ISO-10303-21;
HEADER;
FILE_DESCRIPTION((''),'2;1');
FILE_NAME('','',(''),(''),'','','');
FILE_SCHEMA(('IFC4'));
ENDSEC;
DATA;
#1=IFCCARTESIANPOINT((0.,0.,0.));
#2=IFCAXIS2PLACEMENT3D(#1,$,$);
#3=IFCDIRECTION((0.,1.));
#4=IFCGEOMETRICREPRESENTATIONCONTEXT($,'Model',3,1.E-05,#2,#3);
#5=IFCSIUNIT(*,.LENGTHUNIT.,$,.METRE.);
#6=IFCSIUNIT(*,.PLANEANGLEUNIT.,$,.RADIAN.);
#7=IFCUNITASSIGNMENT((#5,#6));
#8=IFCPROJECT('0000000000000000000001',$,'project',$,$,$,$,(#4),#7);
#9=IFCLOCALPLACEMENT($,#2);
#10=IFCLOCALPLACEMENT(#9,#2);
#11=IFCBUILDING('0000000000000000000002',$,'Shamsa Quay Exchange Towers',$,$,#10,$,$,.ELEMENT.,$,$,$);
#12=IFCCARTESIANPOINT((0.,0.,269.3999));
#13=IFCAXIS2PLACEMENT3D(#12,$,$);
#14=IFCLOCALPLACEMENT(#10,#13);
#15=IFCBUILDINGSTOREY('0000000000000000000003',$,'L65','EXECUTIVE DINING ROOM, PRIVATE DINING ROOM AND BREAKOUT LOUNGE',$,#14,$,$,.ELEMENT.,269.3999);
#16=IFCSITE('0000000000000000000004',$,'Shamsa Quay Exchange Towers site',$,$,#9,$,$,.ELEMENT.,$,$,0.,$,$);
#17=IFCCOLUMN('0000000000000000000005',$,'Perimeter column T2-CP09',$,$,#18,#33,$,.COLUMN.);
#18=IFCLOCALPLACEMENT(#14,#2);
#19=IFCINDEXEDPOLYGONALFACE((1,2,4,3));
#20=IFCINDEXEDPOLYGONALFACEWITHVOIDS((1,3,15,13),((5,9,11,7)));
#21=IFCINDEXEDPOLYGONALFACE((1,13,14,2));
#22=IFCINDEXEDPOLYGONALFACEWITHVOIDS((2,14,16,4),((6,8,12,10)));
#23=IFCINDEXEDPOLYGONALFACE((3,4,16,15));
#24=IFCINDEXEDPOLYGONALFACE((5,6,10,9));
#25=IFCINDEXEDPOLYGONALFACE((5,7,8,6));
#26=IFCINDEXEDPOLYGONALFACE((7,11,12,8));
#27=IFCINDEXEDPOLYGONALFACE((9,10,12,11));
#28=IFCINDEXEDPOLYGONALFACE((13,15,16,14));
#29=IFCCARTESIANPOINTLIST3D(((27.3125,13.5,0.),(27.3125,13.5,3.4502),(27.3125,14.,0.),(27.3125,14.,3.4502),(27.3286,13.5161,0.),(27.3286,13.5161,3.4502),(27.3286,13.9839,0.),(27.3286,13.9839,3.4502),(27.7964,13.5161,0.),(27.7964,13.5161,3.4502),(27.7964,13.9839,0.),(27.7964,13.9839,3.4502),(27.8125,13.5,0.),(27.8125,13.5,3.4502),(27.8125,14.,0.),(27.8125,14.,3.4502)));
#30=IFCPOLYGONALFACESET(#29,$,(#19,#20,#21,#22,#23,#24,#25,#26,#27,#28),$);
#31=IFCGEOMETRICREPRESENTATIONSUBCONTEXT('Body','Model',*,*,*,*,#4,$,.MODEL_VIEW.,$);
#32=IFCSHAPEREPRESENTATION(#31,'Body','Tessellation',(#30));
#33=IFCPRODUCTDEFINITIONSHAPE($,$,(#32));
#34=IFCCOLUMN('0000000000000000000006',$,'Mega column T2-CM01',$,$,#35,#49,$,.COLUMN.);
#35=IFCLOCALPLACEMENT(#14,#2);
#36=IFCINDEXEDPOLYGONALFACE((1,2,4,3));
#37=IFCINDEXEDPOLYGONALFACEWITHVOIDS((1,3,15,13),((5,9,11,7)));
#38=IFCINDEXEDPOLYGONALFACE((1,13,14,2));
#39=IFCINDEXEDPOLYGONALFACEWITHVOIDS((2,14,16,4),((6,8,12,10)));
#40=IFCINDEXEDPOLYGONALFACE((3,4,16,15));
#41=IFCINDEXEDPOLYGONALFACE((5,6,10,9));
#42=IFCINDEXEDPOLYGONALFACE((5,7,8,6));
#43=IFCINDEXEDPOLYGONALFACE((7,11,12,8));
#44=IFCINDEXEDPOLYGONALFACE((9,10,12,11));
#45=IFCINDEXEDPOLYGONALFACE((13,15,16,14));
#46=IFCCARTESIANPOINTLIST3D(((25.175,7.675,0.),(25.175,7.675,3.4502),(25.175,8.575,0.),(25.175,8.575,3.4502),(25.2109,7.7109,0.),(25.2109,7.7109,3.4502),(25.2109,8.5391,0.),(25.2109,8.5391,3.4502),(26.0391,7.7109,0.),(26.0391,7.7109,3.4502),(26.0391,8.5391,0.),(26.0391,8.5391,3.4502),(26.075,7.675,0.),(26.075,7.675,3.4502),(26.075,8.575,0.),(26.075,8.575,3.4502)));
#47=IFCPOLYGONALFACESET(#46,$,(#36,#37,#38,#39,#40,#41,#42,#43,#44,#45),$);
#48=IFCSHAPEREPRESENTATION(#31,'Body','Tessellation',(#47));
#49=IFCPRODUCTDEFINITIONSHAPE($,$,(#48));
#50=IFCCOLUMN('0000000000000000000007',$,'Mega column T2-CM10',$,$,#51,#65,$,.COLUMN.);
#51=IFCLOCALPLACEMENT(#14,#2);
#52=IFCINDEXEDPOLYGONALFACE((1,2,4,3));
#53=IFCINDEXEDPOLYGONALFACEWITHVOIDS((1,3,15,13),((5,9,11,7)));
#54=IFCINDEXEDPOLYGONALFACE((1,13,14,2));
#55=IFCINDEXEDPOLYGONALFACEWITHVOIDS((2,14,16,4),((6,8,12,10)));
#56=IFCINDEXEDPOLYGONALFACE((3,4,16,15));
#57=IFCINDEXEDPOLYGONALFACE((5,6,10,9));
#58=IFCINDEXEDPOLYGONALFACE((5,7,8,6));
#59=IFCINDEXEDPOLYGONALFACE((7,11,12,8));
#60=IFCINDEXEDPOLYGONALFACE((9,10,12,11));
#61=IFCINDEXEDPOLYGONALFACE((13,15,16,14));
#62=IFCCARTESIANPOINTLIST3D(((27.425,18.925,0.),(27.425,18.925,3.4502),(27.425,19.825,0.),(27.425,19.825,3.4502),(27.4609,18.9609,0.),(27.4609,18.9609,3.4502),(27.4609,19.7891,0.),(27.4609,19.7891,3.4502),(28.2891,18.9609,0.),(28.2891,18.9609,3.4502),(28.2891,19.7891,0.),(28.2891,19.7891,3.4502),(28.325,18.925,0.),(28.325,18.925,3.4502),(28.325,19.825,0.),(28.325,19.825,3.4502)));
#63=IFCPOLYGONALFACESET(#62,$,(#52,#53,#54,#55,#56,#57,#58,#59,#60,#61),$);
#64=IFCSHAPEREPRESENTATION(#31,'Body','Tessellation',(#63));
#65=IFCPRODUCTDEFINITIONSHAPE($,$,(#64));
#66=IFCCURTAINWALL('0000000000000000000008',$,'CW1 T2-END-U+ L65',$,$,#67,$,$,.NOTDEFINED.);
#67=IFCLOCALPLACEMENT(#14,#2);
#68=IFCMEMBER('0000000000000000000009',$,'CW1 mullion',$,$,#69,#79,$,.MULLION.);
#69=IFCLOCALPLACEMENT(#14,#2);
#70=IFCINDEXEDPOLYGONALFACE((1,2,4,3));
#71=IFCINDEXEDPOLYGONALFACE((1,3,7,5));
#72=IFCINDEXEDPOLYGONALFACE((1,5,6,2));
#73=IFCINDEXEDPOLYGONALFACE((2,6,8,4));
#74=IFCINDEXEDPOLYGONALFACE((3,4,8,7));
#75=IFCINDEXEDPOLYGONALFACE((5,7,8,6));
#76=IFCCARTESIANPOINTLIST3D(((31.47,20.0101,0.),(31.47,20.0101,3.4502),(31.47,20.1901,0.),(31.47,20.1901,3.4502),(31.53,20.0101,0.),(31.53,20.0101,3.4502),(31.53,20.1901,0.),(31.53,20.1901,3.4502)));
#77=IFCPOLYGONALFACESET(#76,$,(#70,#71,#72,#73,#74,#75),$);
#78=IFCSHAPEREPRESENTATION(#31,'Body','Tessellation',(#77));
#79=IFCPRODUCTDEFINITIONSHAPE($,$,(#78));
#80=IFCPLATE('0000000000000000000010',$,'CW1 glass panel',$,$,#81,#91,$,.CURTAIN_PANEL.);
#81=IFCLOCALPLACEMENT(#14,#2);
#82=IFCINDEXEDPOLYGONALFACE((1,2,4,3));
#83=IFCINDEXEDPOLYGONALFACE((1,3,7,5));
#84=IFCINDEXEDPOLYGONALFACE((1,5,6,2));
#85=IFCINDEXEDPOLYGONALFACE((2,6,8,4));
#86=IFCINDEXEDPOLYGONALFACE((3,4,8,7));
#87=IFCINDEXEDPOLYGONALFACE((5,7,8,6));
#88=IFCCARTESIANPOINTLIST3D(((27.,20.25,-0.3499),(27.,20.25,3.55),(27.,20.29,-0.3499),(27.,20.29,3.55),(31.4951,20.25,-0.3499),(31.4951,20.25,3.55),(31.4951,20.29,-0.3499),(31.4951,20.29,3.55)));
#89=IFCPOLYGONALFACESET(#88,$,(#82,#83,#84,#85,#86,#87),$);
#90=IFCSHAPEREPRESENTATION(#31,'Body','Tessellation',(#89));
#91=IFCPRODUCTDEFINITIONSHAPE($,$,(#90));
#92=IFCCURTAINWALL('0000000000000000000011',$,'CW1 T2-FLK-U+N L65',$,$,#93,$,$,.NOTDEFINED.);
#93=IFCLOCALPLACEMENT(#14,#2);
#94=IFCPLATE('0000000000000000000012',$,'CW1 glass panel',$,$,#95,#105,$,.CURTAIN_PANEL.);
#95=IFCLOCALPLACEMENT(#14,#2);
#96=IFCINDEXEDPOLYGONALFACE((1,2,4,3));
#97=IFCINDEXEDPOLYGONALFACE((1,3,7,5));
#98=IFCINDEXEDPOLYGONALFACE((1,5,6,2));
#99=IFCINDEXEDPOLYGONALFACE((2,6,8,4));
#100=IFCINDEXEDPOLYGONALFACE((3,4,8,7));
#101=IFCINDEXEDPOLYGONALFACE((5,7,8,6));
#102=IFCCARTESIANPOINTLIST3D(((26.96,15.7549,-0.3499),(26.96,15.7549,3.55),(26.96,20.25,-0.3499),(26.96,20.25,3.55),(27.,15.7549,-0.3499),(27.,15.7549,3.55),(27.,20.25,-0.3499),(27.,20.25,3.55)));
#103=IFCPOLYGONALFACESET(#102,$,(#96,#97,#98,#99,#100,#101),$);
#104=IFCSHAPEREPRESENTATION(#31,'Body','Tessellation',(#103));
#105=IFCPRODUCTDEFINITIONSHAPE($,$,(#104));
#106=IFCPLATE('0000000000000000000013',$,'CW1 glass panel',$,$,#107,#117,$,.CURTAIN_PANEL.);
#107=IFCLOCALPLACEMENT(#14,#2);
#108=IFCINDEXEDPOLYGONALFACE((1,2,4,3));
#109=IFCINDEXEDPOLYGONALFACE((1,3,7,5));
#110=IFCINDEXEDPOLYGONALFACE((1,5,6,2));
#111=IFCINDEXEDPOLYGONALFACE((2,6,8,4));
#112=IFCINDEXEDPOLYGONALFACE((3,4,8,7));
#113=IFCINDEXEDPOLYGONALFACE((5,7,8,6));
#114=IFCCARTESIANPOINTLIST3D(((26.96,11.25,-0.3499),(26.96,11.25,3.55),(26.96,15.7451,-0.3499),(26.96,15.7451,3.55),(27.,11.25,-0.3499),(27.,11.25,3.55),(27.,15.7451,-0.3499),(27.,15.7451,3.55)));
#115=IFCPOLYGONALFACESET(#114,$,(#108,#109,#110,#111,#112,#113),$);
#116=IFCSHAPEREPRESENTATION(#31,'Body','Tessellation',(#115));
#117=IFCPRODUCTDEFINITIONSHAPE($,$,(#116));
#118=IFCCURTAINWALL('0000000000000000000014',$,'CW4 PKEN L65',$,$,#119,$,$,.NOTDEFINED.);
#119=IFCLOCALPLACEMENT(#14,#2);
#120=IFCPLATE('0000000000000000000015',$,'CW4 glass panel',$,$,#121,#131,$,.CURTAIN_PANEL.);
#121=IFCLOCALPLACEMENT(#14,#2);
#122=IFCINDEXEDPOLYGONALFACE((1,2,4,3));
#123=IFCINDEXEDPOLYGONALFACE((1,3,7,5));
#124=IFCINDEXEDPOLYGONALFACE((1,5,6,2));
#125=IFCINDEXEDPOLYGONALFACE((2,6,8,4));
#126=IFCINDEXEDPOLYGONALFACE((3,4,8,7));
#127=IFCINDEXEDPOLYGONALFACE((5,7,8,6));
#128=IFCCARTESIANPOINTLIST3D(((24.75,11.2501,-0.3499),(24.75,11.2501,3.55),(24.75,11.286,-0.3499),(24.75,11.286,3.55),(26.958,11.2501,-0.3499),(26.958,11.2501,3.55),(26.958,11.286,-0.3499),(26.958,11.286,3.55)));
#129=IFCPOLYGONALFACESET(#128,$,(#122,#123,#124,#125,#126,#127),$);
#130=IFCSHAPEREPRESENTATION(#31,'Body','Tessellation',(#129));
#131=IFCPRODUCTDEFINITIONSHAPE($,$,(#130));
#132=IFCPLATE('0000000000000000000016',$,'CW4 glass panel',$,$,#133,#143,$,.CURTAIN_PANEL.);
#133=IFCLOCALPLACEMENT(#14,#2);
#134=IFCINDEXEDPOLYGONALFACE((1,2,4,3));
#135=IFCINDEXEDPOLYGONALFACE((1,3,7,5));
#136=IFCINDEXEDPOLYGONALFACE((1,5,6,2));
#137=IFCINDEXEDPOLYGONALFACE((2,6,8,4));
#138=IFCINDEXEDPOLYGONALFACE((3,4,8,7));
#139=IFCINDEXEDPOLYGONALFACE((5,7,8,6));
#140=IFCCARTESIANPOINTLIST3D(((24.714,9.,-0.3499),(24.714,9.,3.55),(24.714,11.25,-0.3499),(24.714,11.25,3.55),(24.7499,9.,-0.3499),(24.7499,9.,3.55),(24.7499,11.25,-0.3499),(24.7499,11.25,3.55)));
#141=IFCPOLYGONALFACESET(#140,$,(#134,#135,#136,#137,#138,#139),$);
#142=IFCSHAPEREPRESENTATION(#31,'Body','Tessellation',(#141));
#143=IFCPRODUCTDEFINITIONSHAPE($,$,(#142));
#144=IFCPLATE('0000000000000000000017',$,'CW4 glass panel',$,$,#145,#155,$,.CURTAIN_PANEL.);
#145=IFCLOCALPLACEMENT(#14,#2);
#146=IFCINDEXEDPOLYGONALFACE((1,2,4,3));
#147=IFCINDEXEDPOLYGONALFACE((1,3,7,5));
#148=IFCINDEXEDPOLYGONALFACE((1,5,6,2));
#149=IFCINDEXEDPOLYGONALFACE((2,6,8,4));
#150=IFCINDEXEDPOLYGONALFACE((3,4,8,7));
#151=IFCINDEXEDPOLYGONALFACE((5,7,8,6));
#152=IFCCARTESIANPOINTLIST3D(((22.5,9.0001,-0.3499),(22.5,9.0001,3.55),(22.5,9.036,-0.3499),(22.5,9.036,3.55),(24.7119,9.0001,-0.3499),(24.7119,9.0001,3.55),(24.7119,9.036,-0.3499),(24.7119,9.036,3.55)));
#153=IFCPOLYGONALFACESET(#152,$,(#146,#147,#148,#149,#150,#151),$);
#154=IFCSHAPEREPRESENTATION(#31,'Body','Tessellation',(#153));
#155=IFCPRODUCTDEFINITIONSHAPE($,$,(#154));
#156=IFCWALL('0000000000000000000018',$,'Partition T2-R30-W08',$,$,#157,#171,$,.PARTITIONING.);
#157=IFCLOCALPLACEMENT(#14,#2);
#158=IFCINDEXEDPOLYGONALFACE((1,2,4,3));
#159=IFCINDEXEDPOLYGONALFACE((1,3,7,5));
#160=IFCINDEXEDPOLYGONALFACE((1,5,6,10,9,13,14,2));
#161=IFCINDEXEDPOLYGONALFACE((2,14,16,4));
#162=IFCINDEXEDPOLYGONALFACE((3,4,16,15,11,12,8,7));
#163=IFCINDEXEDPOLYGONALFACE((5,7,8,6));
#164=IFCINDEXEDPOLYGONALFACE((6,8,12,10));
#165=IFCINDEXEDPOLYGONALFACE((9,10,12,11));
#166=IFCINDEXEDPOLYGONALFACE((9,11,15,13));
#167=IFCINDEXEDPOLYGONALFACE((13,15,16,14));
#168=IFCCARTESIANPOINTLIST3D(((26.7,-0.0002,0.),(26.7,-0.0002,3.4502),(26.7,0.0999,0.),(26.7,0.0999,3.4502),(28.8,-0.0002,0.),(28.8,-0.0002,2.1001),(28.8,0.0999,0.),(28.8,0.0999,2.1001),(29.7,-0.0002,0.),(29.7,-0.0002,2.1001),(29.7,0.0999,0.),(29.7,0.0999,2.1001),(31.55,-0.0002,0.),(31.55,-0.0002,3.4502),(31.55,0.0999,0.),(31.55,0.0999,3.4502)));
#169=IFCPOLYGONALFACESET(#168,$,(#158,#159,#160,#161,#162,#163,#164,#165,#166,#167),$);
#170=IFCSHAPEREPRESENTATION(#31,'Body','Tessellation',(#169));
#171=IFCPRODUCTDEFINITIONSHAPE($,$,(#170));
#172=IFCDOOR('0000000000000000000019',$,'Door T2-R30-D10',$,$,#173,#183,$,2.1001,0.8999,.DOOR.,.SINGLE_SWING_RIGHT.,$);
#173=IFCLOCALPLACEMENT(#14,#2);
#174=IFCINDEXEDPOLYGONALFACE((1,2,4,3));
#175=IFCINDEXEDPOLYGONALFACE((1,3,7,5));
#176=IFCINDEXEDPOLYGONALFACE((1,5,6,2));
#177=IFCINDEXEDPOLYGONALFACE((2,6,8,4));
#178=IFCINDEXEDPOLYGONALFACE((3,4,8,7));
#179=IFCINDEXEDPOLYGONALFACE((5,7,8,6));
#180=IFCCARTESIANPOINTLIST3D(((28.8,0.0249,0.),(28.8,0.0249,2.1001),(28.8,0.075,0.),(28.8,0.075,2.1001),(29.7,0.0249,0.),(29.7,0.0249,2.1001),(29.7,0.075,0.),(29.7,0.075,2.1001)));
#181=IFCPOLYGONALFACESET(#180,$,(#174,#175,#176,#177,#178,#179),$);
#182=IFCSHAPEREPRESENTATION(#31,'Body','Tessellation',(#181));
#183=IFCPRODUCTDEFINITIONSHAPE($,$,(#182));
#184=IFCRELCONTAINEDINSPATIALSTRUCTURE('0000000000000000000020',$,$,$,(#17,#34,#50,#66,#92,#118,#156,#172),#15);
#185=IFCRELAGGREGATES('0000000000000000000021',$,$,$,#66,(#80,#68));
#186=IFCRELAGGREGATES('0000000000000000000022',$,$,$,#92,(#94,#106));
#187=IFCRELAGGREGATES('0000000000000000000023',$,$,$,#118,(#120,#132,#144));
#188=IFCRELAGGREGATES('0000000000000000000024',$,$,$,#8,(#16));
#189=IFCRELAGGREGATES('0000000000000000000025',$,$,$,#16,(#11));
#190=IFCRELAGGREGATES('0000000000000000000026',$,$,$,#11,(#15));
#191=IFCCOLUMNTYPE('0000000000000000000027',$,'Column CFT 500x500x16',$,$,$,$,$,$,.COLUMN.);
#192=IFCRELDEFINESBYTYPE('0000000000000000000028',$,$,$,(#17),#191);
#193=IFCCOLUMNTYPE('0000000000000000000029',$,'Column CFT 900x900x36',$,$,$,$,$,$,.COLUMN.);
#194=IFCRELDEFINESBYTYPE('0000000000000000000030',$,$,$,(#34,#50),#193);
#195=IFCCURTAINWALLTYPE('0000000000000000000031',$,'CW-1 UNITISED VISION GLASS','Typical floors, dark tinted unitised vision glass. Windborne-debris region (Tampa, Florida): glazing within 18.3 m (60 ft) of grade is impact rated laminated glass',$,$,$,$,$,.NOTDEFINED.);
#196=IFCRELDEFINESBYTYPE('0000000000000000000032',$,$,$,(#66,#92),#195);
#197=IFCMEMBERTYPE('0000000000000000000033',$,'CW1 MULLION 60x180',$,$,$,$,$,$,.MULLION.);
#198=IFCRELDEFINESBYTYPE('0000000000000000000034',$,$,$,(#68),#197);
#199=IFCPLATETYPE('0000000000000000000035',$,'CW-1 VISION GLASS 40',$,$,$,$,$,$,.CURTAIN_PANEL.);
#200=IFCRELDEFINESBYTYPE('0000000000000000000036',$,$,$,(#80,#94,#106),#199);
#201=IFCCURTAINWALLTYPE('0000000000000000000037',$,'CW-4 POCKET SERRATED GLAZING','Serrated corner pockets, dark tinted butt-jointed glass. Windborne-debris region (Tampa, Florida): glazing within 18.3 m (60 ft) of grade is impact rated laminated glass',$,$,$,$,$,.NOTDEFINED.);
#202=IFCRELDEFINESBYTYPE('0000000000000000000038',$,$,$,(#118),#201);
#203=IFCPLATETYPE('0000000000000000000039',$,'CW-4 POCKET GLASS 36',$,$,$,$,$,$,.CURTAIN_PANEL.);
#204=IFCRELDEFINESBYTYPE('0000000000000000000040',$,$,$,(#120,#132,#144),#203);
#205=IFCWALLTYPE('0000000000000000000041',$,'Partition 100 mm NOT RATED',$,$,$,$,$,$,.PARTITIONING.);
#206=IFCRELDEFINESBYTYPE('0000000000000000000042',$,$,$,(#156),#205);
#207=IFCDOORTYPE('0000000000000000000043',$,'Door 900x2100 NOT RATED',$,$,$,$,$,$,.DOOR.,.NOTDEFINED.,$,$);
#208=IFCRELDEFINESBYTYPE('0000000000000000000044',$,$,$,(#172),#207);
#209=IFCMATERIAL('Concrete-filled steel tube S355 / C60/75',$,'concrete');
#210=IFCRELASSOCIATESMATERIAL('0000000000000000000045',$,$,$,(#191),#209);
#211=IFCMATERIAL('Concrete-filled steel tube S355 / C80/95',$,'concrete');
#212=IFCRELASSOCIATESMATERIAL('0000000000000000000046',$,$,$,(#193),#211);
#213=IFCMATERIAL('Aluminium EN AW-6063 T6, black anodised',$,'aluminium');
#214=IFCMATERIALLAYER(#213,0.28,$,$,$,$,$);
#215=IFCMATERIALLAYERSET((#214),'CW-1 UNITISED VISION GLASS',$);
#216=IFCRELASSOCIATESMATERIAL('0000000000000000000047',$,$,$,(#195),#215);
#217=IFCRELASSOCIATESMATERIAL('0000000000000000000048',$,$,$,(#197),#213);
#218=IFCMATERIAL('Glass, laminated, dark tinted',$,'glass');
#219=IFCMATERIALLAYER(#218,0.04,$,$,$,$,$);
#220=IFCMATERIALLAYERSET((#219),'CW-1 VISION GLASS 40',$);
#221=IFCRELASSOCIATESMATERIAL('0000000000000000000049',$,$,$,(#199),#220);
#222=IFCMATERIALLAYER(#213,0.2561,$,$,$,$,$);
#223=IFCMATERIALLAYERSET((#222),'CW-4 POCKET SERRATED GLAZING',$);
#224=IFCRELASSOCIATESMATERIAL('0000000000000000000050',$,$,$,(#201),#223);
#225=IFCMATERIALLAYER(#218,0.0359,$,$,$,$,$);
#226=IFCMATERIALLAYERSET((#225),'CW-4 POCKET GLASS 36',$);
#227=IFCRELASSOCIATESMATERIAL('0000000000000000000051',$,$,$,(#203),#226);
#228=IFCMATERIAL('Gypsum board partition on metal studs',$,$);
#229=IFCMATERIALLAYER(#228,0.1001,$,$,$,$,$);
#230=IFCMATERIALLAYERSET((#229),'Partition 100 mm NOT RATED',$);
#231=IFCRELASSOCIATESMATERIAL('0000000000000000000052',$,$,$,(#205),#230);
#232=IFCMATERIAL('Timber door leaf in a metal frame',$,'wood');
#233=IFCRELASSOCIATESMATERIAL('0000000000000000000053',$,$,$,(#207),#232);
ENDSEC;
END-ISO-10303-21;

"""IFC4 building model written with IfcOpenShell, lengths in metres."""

from ifc_helpers import new_model, si_unit, direction, frame, frame_2d, origin, origin_2d, place, context, subcontext, project, spatial, rectangle, hollow_rectangle, extrude, material, layer, layer_set, material_profile, profile_set, type_object, element, fill, aggregate, save


model = new_model("IFC4")

# Units and contexts
model_context = context("Model", 3, precision=1e-05, world=origin(), true_north=direction((0.0, 1.0)))
body_context = subcontext(model_context, "Body", "Model", "MODEL_VIEW")
ifc_project = project(units=[si_unit("LENGTHUNIT", "METRE"), si_unit("PLANEANGLEUNIT", "RADIAN")], contexts=[model_context])

# Site, building, storey
site_placement = place(None, origin())
site = spatial("IfcSite", under=ifc_project, at=site_placement, Name="Shamsa Quay Exchange Towers site", CompositionType="ELEMENT", RefElevation=0.0)
building_placement = place(site_placement, origin())
building = spatial("IfcBuilding", under=site, at=building_placement, Name="Shamsa Quay Exchange Towers", CompositionType="ELEMENT")
storey_placement = place(building_placement, frame((0.0, 0.0, 269.3999)))
storey = spatial("IfcBuildingStorey", under=building, at=storey_placement, Name="L65", Description="EXECUTIVE DINING ROOM, PRIVATE DINING ROOM AND BREAKOUT LOUNGE", CompositionType="ELEMENT", Elevation=269.3999)

# Columns
ifc_material_1 = material(Name="Concrete-filled steel tube S355 / C60/75", Category="concrete")
ifc_material_profile_1 = material_profile(ifc_material_1, hollow_rectangle(XDim=0.5, YDim=0.5, WallThickness=0.0161, at=origin_2d()), Name="CFT 500x500x16")
ifc_profile_set_1 = profile_set([ifc_material_profile_1], Name="Concrete-filled steel tube S355 / C60/75")
column_type_1 = type_object("IfcColumnType", Name="Column CFT 500x500x16", PredefinedType="COLUMN", material=ifc_profile_set_1)
column_placement = place(storey_placement, frame((27.5625, 13.75, 0.0)))
element("IfcColumn", 1, at=column_placement, inside=storey, type_object=column_type_1, Name="Perimeter column T2-CP09", PredefinedType="COLUMN", context=body_context, shape_type="SweptSolid", body=[
    extrude(hollow_rectangle(XDim=0.5, YDim=0.5, WallThickness=0.0161, at=origin_2d()), origin(), (0.0, 0.0, 1.0), 3.4502),
])
ifc_material_2 = material(Name="Concrete-filled steel tube S355 / C80/95", Category="concrete")
ifc_material_profile_2 = material_profile(ifc_material_2, hollow_rectangle(XDim=0.8999, YDim=0.8999, WallThickness=0.0359, at=origin_2d()), Name="CFT 900x900x36")
ifc_profile_set_2 = profile_set([ifc_material_profile_2], Name="Concrete-filled steel tube S355 / C80/95")
column_type_2 = type_object("IfcColumnType", Name="Column CFT 900x900x36", PredefinedType="COLUMN", material=ifc_profile_set_2)
for number, where, name in (
    (2, (25.625, 8.125, 0.0), "Mega column T2-CM01"),
    (3, (27.875, 19.375, 0.0), "Mega column T2-CM10"),
):
    element("IfcColumn", number, at=place(storey_placement, frame(where)), inside=storey, type_object=column_type_2, Name=name, PredefinedType="COLUMN", context=body_context, shape_type="SweptSolid", body=[
        extrude(hollow_rectangle(XDim=0.8999, YDim=0.8999, WallThickness=0.0359, at=origin_2d()), origin(), (0.0, 0.0, 1.0), 3.4502),
    ])

# Curtain wall, member, plate
ifc_material_3 = material(Name="Aluminium EN AW-6063 T6, black anodised", Category="aluminium")
ifc_layer_1 = layer(ifc_material_3, 0.28)
ifc_layer_set_1 = layer_set([ifc_layer_1], Name="CW-1 UNITISED VISION GLASS")
curtain_wall_type_1 = type_object("IfcCurtainWallType", Name="CW-1 UNITISED VISION GLASS", Description="Typical floors, dark tinted unitised vision glass. Windborne-debris region (Tampa, Florida): glazing within 18.3 m (60 ft) of grade is impact rated laminated glass", PredefinedType="NOTDEFINED", material=ifc_layer_set_1)
curtain_wall_1_placement = place(storey_placement, origin())
curtain_wall_1 = element("IfcCurtainWall", 4, at=curtain_wall_1_placement, inside=storey, type_object=curtain_wall_type_1, Name="CW1 T2-END-U+ L65", PredefinedType="NOTDEFINED")
ifc_material_profile_3 = material_profile(ifc_material_3, rectangle(XDim=0.1799, YDim=0.0601, at=origin_2d()), Name="MU60x180")
ifc_profile_set_3 = profile_set([ifc_material_profile_3], Name="Aluminium EN AW-6063 T6, black anodised")
member_type = type_object("IfcMemberType", Name="CW1 MULLION 60x180", PredefinedType="MULLION", material=ifc_profile_set_3)
member_placement = place(storey_placement, frame((31.5, 20.1001, 0.0), z_axis=(0.0, 0.0, 1.0), x_axis=(0.0, -1.0, 0.0)))
member = element("IfcMember", 5, at=member_placement, type_object=member_type, Name="CW1 mullion", PredefinedType="MULLION", context=body_context, shape_type="SweptSolid", body=[
    extrude(rectangle(XDim=0.1799, YDim=0.0601, at=origin_2d()), origin(), (0.0, 0.0, 1.0), 3.4502),
])
ifc_material_4 = material(Name="Glass, laminated, dark tinted", Category="glass")
ifc_layer_2 = layer(ifc_material_4, 0.04)
ifc_layer_set_2 = layer_set([ifc_layer_2], Name="CW-1 VISION GLASS 40")
plate_type_1 = type_object("IfcPlateType", Name="CW-1 VISION GLASS 40", PredefinedType="CURTAIN_PANEL", material=ifc_layer_set_2)
plate_1_placement = place(storey_placement, frame((29.2476, 20.27, -0.3499), z_axis=(0.0, 0.0, 1.0), x_axis=(-1.0, 0.0, 0.0)))
plate_1 = element("IfcPlate", 6, at=plate_1_placement, type_object=plate_type_1, Name="CW1 glass panel", PredefinedType="CURTAIN_PANEL", context=body_context, shape_type="SweptSolid", body=[
    extrude(rectangle(XDim=4.4951, YDim=0.04, at=origin_2d()), origin(), (0.0, 0.0, 1.0), 3.8999),
])
aggregate(curtain_wall_1, [plate_1, member])

# Curtain walls, plates
curtain_wall_2_placement = place(storey_placement, origin())
curtain_wall_2 = element("IfcCurtainWall", 7, at=curtain_wall_2_placement, inside=storey, type_object=curtain_wall_type_1, Name="CW1 T2-FLK-U+N L65", PredefinedType="NOTDEFINED")
plate_2_placement = place(storey_placement, frame((26.98, 18.0024, -0.3499), z_axis=(0.0, 0.0, 1.0), x_axis=(0.0, -1.0, 0.0)))
plate_2 = element("IfcPlate", 8, at=plate_2_placement, type_object=plate_type_1, Name="CW1 glass panel", PredefinedType="CURTAIN_PANEL", context=body_context, shape_type="SweptSolid", body=[
    extrude(rectangle(XDim=4.4951, YDim=0.04, at=origin_2d()), origin(), (0.0, 0.0, 1.0), 3.8999),
])
plate_3_placement = place(storey_placement, frame((26.98, 13.4976, -0.3499), z_axis=(0.0, 0.0, 1.0), x_axis=(0.0, -1.0, 0.0)))
plate_3 = element("IfcPlate", 9, at=plate_3_placement, type_object=plate_type_1, Name="CW1 glass panel", PredefinedType="CURTAIN_PANEL", context=body_context, shape_type="SweptSolid", body=[
    extrude(rectangle(XDim=4.4951, YDim=0.04, at=origin_2d()), origin(), (0.0, 0.0, 1.0), 3.8999),
])
aggregate(curtain_wall_2, [plate_2, plate_3])
ifc_layer_3 = layer(ifc_material_3, 0.2561)
ifc_layer_set_3 = layer_set([ifc_layer_3], Name="CW-4 POCKET SERRATED GLAZING")
curtain_wall_type_2 = type_object("IfcCurtainWallType", Name="CW-4 POCKET SERRATED GLAZING", Description="Serrated corner pockets, dark tinted butt-jointed glass. Windborne-debris region (Tampa, Florida): glazing within 18.3 m (60 ft) of grade is impact rated laminated glass", PredefinedType="NOTDEFINED", material=ifc_layer_set_3)
curtain_wall_3_placement = place(storey_placement, origin())
curtain_wall_3 = element("IfcCurtainWall", 10, at=curtain_wall_3_placement, inside=storey, type_object=curtain_wall_type_2, Name="CW4 PKEN L65", PredefinedType="NOTDEFINED")
ifc_layer_4 = layer(ifc_material_4, 0.0359)
ifc_layer_set_4 = layer_set([ifc_layer_4], Name="CW-4 POCKET GLASS 36")
plate_type_2 = type_object("IfcPlateType", Name="CW-4 POCKET GLASS 36", PredefinedType="CURTAIN_PANEL", material=ifc_layer_set_4)
plate_4_placement = place(storey_placement, frame((25.854, 11.2681, -0.3499), z_axis=(0.0, 0.0, 1.0), x_axis=(-1.0, 0.0, 0.0)))
plate_4 = element("IfcPlate", 11, at=plate_4_placement, type_object=plate_type_2, Name="CW4 glass panel", PredefinedType="CURTAIN_PANEL", context=body_context, shape_type="SweptSolid", body=[
    extrude(rectangle(XDim=2.208, YDim=0.0359, at=origin_2d()), origin(), (0.0, 0.0, 1.0), 3.8999),
])
plate_5_placement = place(storey_placement, frame((24.7319, 10.125, -0.3499), z_axis=(0.0, 0.0, 1.0), x_axis=(0.0, -1.0, 0.0)))
plate_5 = element("IfcPlate", 12, at=plate_5_placement, type_object=plate_type_2, Name="CW4 glass panel", PredefinedType="CURTAIN_PANEL", context=body_context, shape_type="SweptSolid", body=[
    extrude(rectangle(XDim=2.25, YDim=0.0359, at=origin_2d()), origin(), (0.0, 0.0, 1.0), 3.8999),
])
plate_6_placement = place(storey_placement, frame((23.606, 9.0181, -0.3499), z_axis=(0.0, 0.0, 1.0), x_axis=(-1.0, 0.0, 0.0)))
plate_6 = element("IfcPlate", 13, at=plate_6_placement, type_object=plate_type_2, Name="CW4 glass panel", PredefinedType="CURTAIN_PANEL", context=body_context, shape_type="SweptSolid", body=[
    extrude(rectangle(XDim=2.2119, YDim=0.0359, at=origin_2d()), origin(), (0.0, 0.0, 1.0), 3.8999),
])
aggregate(curtain_wall_3, [plate_4, plate_5, plate_6])

# Wall, opening, door
ifc_material_5 = material(Name="Gypsum board partition on metal studs")
ifc_layer_5 = layer(ifc_material_5, 0.1001)
ifc_layer_set_5 = layer_set([ifc_layer_5], Name="Partition 100 mm NOT RATED")
wall_type_1 = type_object("IfcWallType", Name="Partition 100 mm NOT RATED", PredefinedType="PARTITIONING", material=ifc_layer_set_5)
wall_1_placement = place(storey_placement, frame((31.55, 0.0498, 0.0), z_axis=(0.0, 0.0, 1.0), x_axis=(-1.0, 0.0, 0.0)))
wall_1 = element("IfcWall", 14, at=wall_1_placement, inside=storey, type_object=wall_type_1, Name="Partition T2-R30-W08", PredefinedType="PARTITIONING", context=body_context, shape_type="SweptSolid", body=[
    extrude(rectangle(XDim=4.8501, YDim=0.1001, at=frame_2d((2.425, 0.0))), origin(), (0.0, 0.0, 1.0), 3.4502),
])
opening_1_placement = place(wall_1_placement, frame((1.8501, 0.0, 0.0)))
opening_1 = element("IfcOpeningElement", 15, at=opening_1_placement, cuts=wall_1, PredefinedType="OPENING", context=body_context, shape_type="SweptSolid", body=[
    extrude(rectangle(XDim=0.8999, YDim=2.1001, at=frame_2d((0.45, 1.05))), frame((0.0, 0.0601, 0.0), z_axis=(0.0, -1.0, 0.0), x_axis=(1.0, 0.0, 0.0)), (0.0, 0.0, 1.0), 0.1201),
])
ifc_material_6 = material(Name="Timber door leaf in a metal frame", Category="wood")
door_type_1 = type_object("IfcDoorType", Name="Door 900x2100 NOT RATED", OperationType="NOTDEFINED", PredefinedType="DOOR", material=ifc_material_6)
door_1_placement = place(opening_1_placement, origin())
door_1 = element("IfcDoor", 16, at=door_1_placement, inside=storey, type_object=door_type_1, Name="Door T2-R30-D10", OperationType="SINGLE_SWING_RIGHT", OverallHeight=2.1001, OverallWidth=0.8999, PredefinedType="DOOR", context=body_context, shape_type="SweptSolid", body=[
    extrude(rectangle(XDim=0.8999, YDim=2.1001, at=frame_2d((0.45, 1.05))), frame((0.0, 0.0249, 0.0), z_axis=(0.0, -1.0, 0.0), x_axis=(1.0, 0.0, 0.0)), (0.0, 0.0, 1.0), 0.05),
])
fill(opening_1, door_1)

save(model, "model.ifc")
